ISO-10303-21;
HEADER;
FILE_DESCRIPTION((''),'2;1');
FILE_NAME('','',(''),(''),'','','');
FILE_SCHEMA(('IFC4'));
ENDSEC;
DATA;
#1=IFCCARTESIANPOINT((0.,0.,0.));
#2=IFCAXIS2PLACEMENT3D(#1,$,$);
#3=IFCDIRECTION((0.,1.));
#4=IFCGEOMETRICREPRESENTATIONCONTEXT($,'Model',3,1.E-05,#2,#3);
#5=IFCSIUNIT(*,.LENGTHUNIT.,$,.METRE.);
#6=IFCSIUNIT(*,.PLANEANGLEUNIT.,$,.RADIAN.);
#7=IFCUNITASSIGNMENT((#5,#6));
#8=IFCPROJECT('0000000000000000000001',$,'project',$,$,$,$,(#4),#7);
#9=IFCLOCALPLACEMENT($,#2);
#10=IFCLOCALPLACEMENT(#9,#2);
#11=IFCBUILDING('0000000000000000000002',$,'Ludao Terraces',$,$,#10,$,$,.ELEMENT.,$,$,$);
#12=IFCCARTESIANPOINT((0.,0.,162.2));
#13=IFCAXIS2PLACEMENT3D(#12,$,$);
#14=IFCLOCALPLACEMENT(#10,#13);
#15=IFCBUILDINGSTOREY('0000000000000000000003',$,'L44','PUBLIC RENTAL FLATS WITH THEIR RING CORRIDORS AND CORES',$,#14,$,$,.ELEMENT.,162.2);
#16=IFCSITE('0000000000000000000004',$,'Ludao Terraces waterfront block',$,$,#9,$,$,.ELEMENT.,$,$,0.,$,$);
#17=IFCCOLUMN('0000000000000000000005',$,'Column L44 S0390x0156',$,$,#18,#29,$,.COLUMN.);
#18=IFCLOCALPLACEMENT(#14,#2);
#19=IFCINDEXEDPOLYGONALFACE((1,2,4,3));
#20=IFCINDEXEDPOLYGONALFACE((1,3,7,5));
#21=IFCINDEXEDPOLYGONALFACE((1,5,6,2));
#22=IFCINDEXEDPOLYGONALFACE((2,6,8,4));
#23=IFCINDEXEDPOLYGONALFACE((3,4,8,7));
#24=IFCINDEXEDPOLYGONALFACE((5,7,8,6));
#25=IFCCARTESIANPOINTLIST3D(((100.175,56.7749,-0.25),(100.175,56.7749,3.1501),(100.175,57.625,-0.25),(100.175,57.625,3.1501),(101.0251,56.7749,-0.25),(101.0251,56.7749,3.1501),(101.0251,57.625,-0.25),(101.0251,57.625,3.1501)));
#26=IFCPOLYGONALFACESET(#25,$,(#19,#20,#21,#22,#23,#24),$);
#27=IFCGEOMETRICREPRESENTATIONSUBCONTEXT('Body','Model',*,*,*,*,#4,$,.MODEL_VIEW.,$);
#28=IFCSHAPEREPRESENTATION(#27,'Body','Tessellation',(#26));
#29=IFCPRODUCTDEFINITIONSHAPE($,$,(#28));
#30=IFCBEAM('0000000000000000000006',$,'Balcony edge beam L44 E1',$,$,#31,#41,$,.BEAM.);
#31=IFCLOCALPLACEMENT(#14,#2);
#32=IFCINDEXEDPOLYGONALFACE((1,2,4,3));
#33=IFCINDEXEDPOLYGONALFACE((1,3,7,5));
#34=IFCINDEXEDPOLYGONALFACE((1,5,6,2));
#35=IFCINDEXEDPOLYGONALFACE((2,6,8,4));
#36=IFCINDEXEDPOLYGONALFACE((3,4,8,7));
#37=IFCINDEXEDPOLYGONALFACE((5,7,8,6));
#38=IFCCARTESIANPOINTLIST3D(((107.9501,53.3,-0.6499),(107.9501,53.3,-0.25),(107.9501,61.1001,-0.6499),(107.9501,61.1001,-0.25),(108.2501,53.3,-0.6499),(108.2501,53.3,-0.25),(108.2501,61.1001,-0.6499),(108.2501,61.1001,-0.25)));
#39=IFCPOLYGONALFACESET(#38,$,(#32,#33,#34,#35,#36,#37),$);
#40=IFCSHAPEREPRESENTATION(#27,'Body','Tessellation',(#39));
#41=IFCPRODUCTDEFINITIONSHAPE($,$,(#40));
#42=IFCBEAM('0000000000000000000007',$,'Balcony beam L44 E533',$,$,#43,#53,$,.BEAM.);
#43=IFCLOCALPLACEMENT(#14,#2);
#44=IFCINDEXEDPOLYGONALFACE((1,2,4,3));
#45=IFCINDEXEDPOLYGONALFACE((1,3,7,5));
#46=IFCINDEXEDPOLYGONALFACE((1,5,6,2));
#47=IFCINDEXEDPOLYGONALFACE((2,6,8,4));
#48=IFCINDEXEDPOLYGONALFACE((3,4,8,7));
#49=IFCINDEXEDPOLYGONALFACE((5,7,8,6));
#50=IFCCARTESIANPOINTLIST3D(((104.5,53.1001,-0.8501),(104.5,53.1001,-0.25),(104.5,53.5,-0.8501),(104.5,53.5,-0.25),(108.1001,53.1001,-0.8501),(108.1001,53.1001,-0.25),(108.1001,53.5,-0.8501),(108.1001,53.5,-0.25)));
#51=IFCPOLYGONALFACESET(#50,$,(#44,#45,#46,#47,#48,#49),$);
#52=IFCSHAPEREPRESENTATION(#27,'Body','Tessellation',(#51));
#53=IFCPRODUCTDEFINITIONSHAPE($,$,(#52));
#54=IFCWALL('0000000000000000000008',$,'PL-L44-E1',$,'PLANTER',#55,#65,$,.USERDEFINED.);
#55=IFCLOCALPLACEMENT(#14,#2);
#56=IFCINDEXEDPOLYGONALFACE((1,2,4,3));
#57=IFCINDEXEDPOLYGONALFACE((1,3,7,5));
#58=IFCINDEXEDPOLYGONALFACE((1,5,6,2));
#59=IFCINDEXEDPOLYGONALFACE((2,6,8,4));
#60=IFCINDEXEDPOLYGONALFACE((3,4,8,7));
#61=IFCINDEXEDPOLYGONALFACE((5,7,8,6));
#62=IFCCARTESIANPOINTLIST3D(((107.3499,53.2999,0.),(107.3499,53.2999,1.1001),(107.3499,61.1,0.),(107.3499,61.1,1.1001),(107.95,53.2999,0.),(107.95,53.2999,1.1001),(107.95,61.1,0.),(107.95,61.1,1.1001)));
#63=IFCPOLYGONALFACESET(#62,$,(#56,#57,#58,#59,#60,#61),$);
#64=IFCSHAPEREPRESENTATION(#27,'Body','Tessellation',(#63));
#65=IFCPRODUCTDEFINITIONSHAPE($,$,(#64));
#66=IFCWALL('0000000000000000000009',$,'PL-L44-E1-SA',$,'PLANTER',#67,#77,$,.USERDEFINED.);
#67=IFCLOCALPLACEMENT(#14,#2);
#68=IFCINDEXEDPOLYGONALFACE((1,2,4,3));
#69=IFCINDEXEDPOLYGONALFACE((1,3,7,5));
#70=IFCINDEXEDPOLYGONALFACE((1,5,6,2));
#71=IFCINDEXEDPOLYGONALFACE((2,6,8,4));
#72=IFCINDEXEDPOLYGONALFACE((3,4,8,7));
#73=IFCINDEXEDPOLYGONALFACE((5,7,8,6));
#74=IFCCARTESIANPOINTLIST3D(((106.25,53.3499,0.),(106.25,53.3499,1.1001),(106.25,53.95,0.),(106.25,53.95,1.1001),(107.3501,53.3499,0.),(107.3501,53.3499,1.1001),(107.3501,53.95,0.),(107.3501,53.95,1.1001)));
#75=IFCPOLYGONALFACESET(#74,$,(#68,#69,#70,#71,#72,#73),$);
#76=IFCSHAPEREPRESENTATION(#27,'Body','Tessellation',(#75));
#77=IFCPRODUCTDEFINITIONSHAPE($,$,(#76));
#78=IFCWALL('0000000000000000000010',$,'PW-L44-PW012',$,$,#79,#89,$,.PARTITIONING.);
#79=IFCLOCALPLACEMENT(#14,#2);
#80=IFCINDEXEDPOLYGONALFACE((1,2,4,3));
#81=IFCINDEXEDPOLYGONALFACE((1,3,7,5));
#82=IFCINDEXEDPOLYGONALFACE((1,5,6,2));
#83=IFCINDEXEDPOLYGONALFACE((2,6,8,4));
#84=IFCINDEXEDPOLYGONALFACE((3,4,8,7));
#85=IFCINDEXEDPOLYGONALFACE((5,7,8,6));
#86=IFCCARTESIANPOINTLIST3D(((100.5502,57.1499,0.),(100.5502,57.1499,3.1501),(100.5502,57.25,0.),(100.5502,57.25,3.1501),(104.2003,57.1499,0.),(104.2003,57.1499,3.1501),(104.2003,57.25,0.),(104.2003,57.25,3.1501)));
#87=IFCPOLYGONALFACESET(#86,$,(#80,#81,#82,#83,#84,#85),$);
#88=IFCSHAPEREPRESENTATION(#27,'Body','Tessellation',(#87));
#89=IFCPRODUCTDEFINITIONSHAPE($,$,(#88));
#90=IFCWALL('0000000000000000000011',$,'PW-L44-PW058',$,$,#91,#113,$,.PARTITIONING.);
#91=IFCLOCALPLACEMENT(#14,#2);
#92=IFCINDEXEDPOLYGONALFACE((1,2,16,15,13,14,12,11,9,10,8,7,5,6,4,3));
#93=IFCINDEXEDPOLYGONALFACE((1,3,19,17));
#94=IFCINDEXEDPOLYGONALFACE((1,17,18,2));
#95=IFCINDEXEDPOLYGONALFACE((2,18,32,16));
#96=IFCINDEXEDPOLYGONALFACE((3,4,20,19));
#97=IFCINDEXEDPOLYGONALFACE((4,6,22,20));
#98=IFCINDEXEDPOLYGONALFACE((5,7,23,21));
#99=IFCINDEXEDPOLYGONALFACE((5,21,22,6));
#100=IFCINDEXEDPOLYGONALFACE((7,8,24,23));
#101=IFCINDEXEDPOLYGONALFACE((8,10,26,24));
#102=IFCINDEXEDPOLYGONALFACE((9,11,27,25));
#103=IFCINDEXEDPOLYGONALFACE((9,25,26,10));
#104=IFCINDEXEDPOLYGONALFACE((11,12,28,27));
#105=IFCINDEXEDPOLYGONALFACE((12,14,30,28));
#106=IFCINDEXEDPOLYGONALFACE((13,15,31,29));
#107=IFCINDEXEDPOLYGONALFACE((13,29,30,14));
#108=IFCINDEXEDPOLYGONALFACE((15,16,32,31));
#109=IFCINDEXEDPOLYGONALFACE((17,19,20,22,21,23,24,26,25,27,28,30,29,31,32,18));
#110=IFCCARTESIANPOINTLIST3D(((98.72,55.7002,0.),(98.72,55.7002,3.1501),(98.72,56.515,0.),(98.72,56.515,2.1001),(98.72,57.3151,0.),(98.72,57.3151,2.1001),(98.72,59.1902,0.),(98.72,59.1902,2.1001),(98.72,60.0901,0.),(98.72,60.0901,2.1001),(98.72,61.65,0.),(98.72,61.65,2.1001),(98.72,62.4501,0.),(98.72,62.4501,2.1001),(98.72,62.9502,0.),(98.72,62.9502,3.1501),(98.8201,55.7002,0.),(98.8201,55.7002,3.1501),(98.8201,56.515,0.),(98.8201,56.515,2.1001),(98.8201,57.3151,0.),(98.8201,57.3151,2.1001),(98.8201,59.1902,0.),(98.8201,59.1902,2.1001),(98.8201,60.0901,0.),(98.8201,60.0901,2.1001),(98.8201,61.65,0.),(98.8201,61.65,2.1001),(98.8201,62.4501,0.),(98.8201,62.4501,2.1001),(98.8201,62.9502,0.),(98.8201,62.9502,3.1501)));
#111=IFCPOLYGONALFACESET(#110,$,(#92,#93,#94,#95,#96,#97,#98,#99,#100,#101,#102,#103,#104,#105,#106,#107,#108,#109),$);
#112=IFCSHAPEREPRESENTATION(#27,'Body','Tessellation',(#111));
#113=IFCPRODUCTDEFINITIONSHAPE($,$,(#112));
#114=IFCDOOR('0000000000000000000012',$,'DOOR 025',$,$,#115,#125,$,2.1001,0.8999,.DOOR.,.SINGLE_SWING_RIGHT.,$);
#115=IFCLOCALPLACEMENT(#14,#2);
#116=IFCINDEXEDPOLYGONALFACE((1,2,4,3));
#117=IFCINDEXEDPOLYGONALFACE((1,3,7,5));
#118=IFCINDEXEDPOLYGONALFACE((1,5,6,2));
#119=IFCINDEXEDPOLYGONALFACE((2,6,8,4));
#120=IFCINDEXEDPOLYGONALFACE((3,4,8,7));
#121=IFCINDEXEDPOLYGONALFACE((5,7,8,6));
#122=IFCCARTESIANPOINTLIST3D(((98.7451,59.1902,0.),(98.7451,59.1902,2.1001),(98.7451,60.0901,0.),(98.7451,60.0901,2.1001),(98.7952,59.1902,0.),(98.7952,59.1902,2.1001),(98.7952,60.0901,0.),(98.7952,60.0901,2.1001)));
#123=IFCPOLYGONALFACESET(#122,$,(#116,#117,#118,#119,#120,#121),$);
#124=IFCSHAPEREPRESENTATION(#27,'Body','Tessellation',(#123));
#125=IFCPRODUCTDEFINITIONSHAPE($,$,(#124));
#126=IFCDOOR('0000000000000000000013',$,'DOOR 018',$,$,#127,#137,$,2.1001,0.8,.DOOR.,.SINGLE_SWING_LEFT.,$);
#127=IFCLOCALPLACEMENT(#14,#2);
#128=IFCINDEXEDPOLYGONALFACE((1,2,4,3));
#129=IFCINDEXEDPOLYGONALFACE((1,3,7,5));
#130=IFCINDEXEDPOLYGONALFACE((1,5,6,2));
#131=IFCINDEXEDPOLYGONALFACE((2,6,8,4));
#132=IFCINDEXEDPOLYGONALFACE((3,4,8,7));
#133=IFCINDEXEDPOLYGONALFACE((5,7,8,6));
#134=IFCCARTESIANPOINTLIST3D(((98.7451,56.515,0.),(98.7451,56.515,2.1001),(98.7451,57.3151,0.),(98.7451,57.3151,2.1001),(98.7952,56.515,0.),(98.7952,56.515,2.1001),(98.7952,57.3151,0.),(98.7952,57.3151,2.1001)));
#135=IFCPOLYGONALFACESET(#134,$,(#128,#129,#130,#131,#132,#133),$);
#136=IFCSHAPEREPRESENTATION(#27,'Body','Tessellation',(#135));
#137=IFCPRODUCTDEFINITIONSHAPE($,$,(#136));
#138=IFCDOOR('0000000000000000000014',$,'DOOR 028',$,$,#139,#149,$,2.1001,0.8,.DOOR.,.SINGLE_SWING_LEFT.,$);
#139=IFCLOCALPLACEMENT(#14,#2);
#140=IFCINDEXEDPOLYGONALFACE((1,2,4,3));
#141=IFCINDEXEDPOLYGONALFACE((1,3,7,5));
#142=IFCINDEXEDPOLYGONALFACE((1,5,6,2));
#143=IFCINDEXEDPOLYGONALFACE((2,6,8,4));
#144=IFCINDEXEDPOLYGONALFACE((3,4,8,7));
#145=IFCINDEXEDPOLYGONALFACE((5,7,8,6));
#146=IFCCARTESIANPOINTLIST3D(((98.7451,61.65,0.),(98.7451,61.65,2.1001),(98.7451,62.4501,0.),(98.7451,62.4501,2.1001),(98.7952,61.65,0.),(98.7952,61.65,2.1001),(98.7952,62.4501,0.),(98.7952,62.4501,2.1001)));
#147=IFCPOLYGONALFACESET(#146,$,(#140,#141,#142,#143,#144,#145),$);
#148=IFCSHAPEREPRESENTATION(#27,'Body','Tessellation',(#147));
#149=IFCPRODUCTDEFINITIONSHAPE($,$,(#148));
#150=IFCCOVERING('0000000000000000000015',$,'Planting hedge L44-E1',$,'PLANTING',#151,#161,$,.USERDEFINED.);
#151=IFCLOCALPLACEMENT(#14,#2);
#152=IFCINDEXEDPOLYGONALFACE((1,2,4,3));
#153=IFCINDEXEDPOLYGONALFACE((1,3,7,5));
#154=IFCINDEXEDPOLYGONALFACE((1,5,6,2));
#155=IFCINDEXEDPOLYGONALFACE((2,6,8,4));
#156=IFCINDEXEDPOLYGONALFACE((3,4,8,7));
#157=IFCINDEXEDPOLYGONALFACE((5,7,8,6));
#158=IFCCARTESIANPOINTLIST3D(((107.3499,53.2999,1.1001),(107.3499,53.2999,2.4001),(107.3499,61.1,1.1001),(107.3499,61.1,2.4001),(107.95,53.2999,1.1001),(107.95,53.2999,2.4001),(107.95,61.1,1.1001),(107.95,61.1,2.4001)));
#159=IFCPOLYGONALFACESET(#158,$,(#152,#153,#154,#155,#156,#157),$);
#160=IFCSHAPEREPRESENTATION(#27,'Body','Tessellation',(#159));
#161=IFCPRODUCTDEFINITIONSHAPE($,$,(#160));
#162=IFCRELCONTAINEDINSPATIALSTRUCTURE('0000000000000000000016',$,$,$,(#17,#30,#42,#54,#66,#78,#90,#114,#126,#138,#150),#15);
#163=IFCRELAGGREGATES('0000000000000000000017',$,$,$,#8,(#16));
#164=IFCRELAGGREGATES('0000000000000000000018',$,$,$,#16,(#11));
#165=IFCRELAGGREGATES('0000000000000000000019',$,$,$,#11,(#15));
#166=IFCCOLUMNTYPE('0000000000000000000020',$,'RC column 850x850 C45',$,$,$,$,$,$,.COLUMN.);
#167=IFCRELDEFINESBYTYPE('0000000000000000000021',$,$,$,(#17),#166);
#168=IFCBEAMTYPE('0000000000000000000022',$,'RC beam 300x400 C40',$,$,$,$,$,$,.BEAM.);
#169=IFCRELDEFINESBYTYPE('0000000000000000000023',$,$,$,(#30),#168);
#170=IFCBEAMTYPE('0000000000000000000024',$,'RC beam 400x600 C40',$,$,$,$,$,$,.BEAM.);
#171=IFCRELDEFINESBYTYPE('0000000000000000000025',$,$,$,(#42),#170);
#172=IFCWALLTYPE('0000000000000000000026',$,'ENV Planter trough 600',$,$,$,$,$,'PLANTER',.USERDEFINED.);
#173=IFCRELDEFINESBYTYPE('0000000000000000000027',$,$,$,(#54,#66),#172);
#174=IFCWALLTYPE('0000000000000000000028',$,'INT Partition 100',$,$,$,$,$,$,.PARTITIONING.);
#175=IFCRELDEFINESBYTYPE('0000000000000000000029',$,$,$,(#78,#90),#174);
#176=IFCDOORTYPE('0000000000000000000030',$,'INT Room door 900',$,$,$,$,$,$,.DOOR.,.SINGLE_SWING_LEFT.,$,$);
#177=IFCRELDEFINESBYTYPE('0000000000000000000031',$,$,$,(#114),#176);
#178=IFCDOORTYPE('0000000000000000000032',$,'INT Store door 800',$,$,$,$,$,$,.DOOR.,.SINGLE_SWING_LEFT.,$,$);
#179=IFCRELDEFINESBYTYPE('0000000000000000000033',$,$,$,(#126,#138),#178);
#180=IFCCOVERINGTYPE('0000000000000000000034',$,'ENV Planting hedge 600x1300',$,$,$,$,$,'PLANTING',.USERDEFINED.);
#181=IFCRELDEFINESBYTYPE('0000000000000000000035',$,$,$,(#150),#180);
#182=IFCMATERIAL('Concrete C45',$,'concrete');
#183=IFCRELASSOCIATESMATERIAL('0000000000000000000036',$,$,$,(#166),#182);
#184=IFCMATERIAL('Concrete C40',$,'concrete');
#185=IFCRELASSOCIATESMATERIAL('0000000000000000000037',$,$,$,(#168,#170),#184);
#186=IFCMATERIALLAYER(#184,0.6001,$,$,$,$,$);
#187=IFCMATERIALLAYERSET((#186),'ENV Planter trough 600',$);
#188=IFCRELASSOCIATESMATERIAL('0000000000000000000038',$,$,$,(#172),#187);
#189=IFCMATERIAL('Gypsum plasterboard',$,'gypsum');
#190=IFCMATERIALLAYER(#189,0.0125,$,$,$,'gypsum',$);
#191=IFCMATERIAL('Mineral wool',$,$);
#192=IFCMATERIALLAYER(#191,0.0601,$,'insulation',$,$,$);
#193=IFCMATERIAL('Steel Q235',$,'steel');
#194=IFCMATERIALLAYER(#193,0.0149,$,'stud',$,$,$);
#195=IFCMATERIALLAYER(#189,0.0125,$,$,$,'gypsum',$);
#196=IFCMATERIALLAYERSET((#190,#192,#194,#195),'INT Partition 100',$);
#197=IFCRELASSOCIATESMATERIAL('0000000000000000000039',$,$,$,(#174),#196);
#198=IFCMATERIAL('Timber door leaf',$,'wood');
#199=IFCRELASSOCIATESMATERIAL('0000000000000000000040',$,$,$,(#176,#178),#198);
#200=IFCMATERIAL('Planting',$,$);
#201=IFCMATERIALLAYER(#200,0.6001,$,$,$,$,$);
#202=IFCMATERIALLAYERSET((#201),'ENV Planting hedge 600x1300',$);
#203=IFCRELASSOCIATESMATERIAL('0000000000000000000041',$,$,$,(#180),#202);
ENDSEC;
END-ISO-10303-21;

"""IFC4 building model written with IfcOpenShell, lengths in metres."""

from ifc_helpers import new_model, si_unit, direction, frame, frame_2d, origin, origin_2d, place, context, subcontext, project, spatial, rectangle, extrude, material, layer, layer_set, material_profile, profile_set, type_object, element, fill, save


model = new_model("IFC4")

# Units and contexts
model_context = context("Model", 3, precision=1e-05, world=origin(), true_north=direction((0.0, 1.0)))
body_context = subcontext(model_context, "Body", "Model", "MODEL_VIEW")
ifc_project = project(units=[si_unit("LENGTHUNIT", "METRE"), si_unit("PLANEANGLEUNIT", "RADIAN")], contexts=[model_context])

# Site, building, storey
site_placement = place(None, origin())
site = spatial("IfcSite", under=ifc_project, at=site_placement, Name="Ludao Terraces waterfront block", CompositionType="ELEMENT", RefElevation=0.0)
building_placement = place(site_placement, origin())
building = spatial("IfcBuilding", under=site, at=building_placement, Name="Ludao Terraces", CompositionType="ELEMENT")
storey_placement = place(building_placement, frame((0.0, 0.0, 162.2)))
storey = spatial("IfcBuildingStorey", under=building, at=storey_placement, Name="L44", Description="PUBLIC RENTAL FLATS WITH THEIR RING CORRIDORS AND CORES", CompositionType="ELEMENT", Elevation=162.2)

# Column
ifc_material_1 = material(Name="Concrete C45", Category="concrete")
ifc_material_profile_1 = material_profile(ifc_material_1, rectangle(XDim=0.8501, YDim=0.8501, at=origin_2d()), Name="850 X 850")
ifc_profile_set_1 = profile_set([ifc_material_profile_1], Name="Concrete C45")
column_type = type_object("IfcColumnType", Name="RC column 850x850 C45", PredefinedType="COLUMN", material=ifc_profile_set_1)
column_placement = place(storey_placement, frame((100.6001, 57.2, -0.25), z_axis=(0.0, 0.0, 1.0), x_axis=(1.0, 0.0, 0.0)))
element("IfcColumn", 1, at=column_placement, inside=storey, type_object=column_type, Name="Column L44 S0390x0156", PredefinedType="COLUMN", context=body_context, shape_type="SweptSolid", body=[
    extrude(rectangle(XDim=0.8501, YDim=0.8501, at=origin_2d()), origin(), (0.0, 0.0, 1.0), 3.4001),
])

# Beams
ifc_material_2 = material(Name="Concrete C40", Category="concrete")
ifc_material_profile_2 = material_profile(ifc_material_2, rectangle(XDim=0.3, YDim=0.3999, at=origin_2d()), Name="300 X 400")
ifc_profile_set_2 = profile_set([ifc_material_profile_2], Name="Concrete C40")
beam_type_1 = type_object("IfcBeamType", Name="RC beam 300x400 C40", PredefinedType="BEAM", material=ifc_profile_set_2)
beam_1_placement = place(storey_placement, frame((108.1001, 53.3, -0.45), z_axis=(0.0, 1.0, 0.0), x_axis=(-1.0, 0.0, 0.0)))
element("IfcBeam", 2, at=beam_1_placement, inside=storey, type_object=beam_type_1, Name="Balcony edge beam L44 E1", PredefinedType="BEAM", context=body_context, shape_type="SweptSolid", body=[
    extrude(rectangle(XDim=0.3, YDim=0.3999, at=origin_2d()), origin(), (0.0, 0.0, 1.0), 7.8),
])
ifc_material_profile_3 = material_profile(ifc_material_2, rectangle(XDim=0.3999, YDim=0.6001, at=origin_2d()), Name="400 X 600")
ifc_profile_set_3 = profile_set([ifc_material_profile_3], Name="Concrete C40")
beam_type_2 = type_object("IfcBeamType", Name="RC beam 400x600 C40", PredefinedType="BEAM", material=ifc_profile_set_3)
beam_2_placement = place(storey_placement, frame((104.5, 53.3, -0.55), z_axis=(1.0, 0.0, 0.0), x_axis=(0.0, 1.0, 0.0)))
element("IfcBeam", 3, at=beam_2_placement, inside=storey, type_object=beam_type_2, Name="Balcony beam L44 E533", PredefinedType="BEAM", context=body_context, shape_type="SweptSolid", body=[
    extrude(rectangle(XDim=0.3999, YDim=0.6001, at=origin_2d()), origin(), (0.0, 0.0, 1.0), 3.6001),
])

# Walls
ifc_layer_1 = layer(ifc_material_2, 0.6001)
ifc_layer_set_1 = layer_set([ifc_layer_1], Name="ENV Planter trough 600")
wall_type_1 = type_object("IfcWallType", Name="ENV Planter trough 600", ElementType="PLANTER", PredefinedType="USERDEFINED", material=ifc_layer_set_1)
wall_1_placement = place(storey_placement, frame((107.6499, 53.3, 0.0), z_axis=(0.0, 0.0, 1.0), x_axis=(0.0, 1.0, 0.0)))
element("IfcWall", 4, at=wall_1_placement, inside=storey, type_object=wall_type_1, Name="PL-L44-E1", ObjectType="PLANTER", PredefinedType="USERDEFINED", context=body_context, shape_type="SweptSolid", body=[
    extrude(rectangle(XDim=7.8, YDim=0.6001, at=frame_2d((3.8999, 0.0))), origin(), (0.0, 0.0, 1.0), 1.1001),
])
wall_2_placement = place(storey_placement, frame((107.3501, 53.6499, 0.0), z_axis=(0.0, 0.0, 1.0), x_axis=(-1.0, 0.0, 0.0)))
element("IfcWall", 5, at=wall_2_placement, inside=storey, type_object=wall_type_1, Name="PL-L44-E1-SA", ObjectType="PLANTER", PredefinedType="USERDEFINED", context=body_context, shape_type="SweptSolid", body=[
    extrude(rectangle(XDim=1.1001, YDim=0.6001, at=frame_2d((0.55, 0.0))), origin(), (0.0, 0.0, 1.0), 1.1001),
])

# Shared definitions
ifc_material_3 = material(Name="Mineral wool")

# Wall
ifc_material_4 = material(Name="Gypsum plasterboard", Category="gypsum")
ifc_layer_2 = layer(ifc_material_4, 0.0125, Category="gypsum")
ifc_layer_3 = layer(ifc_material_3, 0.0601, Name="insulation")
ifc_material_5 = material(Name="Steel Q235", Category="steel")
ifc_layer_4 = layer(ifc_material_5, 0.0149, Name="stud")
ifc_layer_5 = layer(ifc_material_4, 0.0125, Category="gypsum")
ifc_layer_set_2 = layer_set([ifc_layer_2, ifc_layer_3, ifc_layer_4, ifc_layer_5], Name="INT Partition 100")
wall_type_2 = type_object("IfcWallType", Name="INT Partition 100", PredefinedType="PARTITIONING", material=ifc_layer_set_2)
wall_3_placement = place(storey_placement, frame((100.55, 57.2, 0.0), z_axis=(0.0, 0.0, 1.0), x_axis=(1.0, 0.0, 0.0)))
element("IfcWall", 6, at=wall_3_placement, inside=storey, type_object=wall_type_2, Name="PW-L44-PW012", PredefinedType="PARTITIONING", context=body_context, shape_type="SweptSolid", body=[
    extrude(rectangle(XDim=3.6501, YDim=0.1001, at=frame_2d((1.8252, 0.0))), origin(), (0.0, 0.0, 1.0), 3.1501),
])

# Wall, openings, doors
wall_4_placement = place(storey_placement, frame((98.77, 55.7002, 0.0), z_axis=(0.0, 0.0, 1.0), x_axis=(0.0, 1.0, 0.0)))
wall_4 = element("IfcWall", 7, at=wall_4_placement, inside=storey, type_object=wall_type_2, Name="PW-L44-PW058", PredefinedType="PARTITIONING", context=body_context, shape_type="SweptSolid", body=[
    extrude(rectangle(XDim=7.25, YDim=0.1001, at=frame_2d((3.625, 0.0))), origin(), (0.0, 0.0, 1.0), 3.1501),
])
opening_1_placement = place(wall_4_placement, frame((0.8149, 0.0, 0.0)))
opening_1 = element("IfcOpeningElement", 8, at=opening_1_placement, cuts=wall_4, PredefinedType="OPENING", context=body_context, shape_type="SweptSolid", body=[
    extrude(rectangle(XDim=0.8, YDim=2.1001, at=frame_2d((0.3999, 1.05))), frame((0.0, 0.0601, 0.0), z_axis=(0.0, -1.0, 0.0), x_axis=(1.0, 0.0, 0.0)), (0.0, 0.0, 1.0), 0.1201),
])
opening_2_placement = place(wall_4_placement, frame((3.49, 0.0, 0.0)))
opening_2 = element("IfcOpeningElement", 9, at=opening_2_placement, cuts=wall_4, PredefinedType="OPENING", context=body_context, shape_type="SweptSolid", body=[
    extrude(rectangle(XDim=0.8999, YDim=2.1001, at=frame_2d((0.45, 1.05))), frame((0.0, 0.0601, 0.0), z_axis=(0.0, -1.0, 0.0), x_axis=(1.0, 0.0, 0.0)), (0.0, 0.0, 1.0), 0.1201),
])
opening_3_placement = place(wall_4_placement, frame((5.95, 0.0, 0.0)))
opening_3 = element("IfcOpeningElement", 10, at=opening_3_placement, cuts=wall_4, PredefinedType="OPENING", context=body_context, shape_type="SweptSolid", body=[
    extrude(rectangle(XDim=0.8, YDim=2.1001, at=frame_2d((0.3999, 1.05))), frame((0.0, 0.0601, 0.0), z_axis=(0.0, -1.0, 0.0), x_axis=(1.0, 0.0, 0.0)), (0.0, 0.0, 1.0), 0.1201),
])
ifc_material_6 = material(Name="Timber door leaf", Category="wood")
door_type_1 = type_object("IfcDoorType", Name="INT Room door 900", OperationType="SINGLE_SWING_LEFT", PredefinedType="DOOR", material=ifc_material_6)
door_1_placement = place(opening_2_placement, origin())
door_1 = element("IfcDoor", 11, at=door_1_placement, inside=storey, type_object=door_type_1, Name="DOOR 025", OperationType="SINGLE_SWING_RIGHT", OverallHeight=2.1001, OverallWidth=0.8999, PredefinedType="DOOR", context=body_context, shape_type="SweptSolid", body=[
    extrude(rectangle(XDim=0.8999, YDim=2.1001, at=frame_2d((0.45, 1.05))), frame((0.0, 0.0249, 0.0), z_axis=(0.0, -1.0, 0.0), x_axis=(1.0, 0.0, 0.0)), (0.0, 0.0, 1.0), 0.05),
])
fill(opening_2, door_1)
door_type_2 = type_object("IfcDoorType", Name="INT Store door 800", OperationType="SINGLE_SWING_LEFT", PredefinedType="DOOR", material=ifc_material_6)
door_2_placement = place(opening_1_placement, origin())
door_2 = element("IfcDoor", 12, at=door_2_placement, inside=storey, type_object=door_type_2, Name="DOOR 018", OperationType="SINGLE_SWING_LEFT", OverallHeight=2.1001, OverallWidth=0.8, PredefinedType="DOOR", context=body_context, shape_type="SweptSolid", body=[
    extrude(rectangle(XDim=0.8, YDim=2.1001, at=frame_2d((0.3999, 1.05))), frame((0.0, 0.0249, 0.0), z_axis=(0.0, -1.0, 0.0), x_axis=(1.0, 0.0, 0.0)), (0.0, 0.0, 1.0), 0.05),
])
fill(opening_1, door_2)
door_3_placement = place(opening_3_placement, origin())
door_3 = element("IfcDoor", 13, at=door_3_placement, inside=storey, type_object=door_type_2, Name="DOOR 028", OperationType="SINGLE_SWING_LEFT", OverallHeight=2.1001, OverallWidth=0.8, PredefinedType="DOOR", context=body_context, shape_type="SweptSolid", body=[
    extrude(rectangle(XDim=0.8, YDim=2.1001, at=frame_2d((0.3999, 1.05))), frame((0.0, 0.0249, 0.0), z_axis=(0.0, -1.0, 0.0), x_axis=(1.0, 0.0, 0.0)), (0.0, 0.0, 1.0), 0.05),
])
fill(opening_3, door_3)

# Covering
ifc_material_7 = material(Name="Planting")
ifc_layer_6 = layer(ifc_material_7, 0.6001)
ifc_layer_set_3 = layer_set([ifc_layer_6], Name="ENV Planting hedge 600x1300")
covering_type = type_object("IfcCoveringType", Name="ENV Planting hedge 600x1300", ElementType="PLANTING", PredefinedType="USERDEFINED", material=ifc_layer_set_3)
covering_placement = place(storey_placement, frame((107.6499, 57.2, 1.1001), z_axis=(0.0, 0.0, 1.0), x_axis=(1.0, 0.0, 0.0)))
element("IfcCovering", 14, at=covering_placement, inside=storey, type_object=covering_type, Name="Planting hedge L44-E1", ObjectType="PLANTING", PredefinedType="USERDEFINED", context=body_context, shape_type="SweptSolid", body=[
    extrude(rectangle(XDim=0.6001, YDim=7.8, at=origin_2d()), origin(), (0.0, 0.0, 1.0), 1.3),
])

save(model, "model.ifc")
